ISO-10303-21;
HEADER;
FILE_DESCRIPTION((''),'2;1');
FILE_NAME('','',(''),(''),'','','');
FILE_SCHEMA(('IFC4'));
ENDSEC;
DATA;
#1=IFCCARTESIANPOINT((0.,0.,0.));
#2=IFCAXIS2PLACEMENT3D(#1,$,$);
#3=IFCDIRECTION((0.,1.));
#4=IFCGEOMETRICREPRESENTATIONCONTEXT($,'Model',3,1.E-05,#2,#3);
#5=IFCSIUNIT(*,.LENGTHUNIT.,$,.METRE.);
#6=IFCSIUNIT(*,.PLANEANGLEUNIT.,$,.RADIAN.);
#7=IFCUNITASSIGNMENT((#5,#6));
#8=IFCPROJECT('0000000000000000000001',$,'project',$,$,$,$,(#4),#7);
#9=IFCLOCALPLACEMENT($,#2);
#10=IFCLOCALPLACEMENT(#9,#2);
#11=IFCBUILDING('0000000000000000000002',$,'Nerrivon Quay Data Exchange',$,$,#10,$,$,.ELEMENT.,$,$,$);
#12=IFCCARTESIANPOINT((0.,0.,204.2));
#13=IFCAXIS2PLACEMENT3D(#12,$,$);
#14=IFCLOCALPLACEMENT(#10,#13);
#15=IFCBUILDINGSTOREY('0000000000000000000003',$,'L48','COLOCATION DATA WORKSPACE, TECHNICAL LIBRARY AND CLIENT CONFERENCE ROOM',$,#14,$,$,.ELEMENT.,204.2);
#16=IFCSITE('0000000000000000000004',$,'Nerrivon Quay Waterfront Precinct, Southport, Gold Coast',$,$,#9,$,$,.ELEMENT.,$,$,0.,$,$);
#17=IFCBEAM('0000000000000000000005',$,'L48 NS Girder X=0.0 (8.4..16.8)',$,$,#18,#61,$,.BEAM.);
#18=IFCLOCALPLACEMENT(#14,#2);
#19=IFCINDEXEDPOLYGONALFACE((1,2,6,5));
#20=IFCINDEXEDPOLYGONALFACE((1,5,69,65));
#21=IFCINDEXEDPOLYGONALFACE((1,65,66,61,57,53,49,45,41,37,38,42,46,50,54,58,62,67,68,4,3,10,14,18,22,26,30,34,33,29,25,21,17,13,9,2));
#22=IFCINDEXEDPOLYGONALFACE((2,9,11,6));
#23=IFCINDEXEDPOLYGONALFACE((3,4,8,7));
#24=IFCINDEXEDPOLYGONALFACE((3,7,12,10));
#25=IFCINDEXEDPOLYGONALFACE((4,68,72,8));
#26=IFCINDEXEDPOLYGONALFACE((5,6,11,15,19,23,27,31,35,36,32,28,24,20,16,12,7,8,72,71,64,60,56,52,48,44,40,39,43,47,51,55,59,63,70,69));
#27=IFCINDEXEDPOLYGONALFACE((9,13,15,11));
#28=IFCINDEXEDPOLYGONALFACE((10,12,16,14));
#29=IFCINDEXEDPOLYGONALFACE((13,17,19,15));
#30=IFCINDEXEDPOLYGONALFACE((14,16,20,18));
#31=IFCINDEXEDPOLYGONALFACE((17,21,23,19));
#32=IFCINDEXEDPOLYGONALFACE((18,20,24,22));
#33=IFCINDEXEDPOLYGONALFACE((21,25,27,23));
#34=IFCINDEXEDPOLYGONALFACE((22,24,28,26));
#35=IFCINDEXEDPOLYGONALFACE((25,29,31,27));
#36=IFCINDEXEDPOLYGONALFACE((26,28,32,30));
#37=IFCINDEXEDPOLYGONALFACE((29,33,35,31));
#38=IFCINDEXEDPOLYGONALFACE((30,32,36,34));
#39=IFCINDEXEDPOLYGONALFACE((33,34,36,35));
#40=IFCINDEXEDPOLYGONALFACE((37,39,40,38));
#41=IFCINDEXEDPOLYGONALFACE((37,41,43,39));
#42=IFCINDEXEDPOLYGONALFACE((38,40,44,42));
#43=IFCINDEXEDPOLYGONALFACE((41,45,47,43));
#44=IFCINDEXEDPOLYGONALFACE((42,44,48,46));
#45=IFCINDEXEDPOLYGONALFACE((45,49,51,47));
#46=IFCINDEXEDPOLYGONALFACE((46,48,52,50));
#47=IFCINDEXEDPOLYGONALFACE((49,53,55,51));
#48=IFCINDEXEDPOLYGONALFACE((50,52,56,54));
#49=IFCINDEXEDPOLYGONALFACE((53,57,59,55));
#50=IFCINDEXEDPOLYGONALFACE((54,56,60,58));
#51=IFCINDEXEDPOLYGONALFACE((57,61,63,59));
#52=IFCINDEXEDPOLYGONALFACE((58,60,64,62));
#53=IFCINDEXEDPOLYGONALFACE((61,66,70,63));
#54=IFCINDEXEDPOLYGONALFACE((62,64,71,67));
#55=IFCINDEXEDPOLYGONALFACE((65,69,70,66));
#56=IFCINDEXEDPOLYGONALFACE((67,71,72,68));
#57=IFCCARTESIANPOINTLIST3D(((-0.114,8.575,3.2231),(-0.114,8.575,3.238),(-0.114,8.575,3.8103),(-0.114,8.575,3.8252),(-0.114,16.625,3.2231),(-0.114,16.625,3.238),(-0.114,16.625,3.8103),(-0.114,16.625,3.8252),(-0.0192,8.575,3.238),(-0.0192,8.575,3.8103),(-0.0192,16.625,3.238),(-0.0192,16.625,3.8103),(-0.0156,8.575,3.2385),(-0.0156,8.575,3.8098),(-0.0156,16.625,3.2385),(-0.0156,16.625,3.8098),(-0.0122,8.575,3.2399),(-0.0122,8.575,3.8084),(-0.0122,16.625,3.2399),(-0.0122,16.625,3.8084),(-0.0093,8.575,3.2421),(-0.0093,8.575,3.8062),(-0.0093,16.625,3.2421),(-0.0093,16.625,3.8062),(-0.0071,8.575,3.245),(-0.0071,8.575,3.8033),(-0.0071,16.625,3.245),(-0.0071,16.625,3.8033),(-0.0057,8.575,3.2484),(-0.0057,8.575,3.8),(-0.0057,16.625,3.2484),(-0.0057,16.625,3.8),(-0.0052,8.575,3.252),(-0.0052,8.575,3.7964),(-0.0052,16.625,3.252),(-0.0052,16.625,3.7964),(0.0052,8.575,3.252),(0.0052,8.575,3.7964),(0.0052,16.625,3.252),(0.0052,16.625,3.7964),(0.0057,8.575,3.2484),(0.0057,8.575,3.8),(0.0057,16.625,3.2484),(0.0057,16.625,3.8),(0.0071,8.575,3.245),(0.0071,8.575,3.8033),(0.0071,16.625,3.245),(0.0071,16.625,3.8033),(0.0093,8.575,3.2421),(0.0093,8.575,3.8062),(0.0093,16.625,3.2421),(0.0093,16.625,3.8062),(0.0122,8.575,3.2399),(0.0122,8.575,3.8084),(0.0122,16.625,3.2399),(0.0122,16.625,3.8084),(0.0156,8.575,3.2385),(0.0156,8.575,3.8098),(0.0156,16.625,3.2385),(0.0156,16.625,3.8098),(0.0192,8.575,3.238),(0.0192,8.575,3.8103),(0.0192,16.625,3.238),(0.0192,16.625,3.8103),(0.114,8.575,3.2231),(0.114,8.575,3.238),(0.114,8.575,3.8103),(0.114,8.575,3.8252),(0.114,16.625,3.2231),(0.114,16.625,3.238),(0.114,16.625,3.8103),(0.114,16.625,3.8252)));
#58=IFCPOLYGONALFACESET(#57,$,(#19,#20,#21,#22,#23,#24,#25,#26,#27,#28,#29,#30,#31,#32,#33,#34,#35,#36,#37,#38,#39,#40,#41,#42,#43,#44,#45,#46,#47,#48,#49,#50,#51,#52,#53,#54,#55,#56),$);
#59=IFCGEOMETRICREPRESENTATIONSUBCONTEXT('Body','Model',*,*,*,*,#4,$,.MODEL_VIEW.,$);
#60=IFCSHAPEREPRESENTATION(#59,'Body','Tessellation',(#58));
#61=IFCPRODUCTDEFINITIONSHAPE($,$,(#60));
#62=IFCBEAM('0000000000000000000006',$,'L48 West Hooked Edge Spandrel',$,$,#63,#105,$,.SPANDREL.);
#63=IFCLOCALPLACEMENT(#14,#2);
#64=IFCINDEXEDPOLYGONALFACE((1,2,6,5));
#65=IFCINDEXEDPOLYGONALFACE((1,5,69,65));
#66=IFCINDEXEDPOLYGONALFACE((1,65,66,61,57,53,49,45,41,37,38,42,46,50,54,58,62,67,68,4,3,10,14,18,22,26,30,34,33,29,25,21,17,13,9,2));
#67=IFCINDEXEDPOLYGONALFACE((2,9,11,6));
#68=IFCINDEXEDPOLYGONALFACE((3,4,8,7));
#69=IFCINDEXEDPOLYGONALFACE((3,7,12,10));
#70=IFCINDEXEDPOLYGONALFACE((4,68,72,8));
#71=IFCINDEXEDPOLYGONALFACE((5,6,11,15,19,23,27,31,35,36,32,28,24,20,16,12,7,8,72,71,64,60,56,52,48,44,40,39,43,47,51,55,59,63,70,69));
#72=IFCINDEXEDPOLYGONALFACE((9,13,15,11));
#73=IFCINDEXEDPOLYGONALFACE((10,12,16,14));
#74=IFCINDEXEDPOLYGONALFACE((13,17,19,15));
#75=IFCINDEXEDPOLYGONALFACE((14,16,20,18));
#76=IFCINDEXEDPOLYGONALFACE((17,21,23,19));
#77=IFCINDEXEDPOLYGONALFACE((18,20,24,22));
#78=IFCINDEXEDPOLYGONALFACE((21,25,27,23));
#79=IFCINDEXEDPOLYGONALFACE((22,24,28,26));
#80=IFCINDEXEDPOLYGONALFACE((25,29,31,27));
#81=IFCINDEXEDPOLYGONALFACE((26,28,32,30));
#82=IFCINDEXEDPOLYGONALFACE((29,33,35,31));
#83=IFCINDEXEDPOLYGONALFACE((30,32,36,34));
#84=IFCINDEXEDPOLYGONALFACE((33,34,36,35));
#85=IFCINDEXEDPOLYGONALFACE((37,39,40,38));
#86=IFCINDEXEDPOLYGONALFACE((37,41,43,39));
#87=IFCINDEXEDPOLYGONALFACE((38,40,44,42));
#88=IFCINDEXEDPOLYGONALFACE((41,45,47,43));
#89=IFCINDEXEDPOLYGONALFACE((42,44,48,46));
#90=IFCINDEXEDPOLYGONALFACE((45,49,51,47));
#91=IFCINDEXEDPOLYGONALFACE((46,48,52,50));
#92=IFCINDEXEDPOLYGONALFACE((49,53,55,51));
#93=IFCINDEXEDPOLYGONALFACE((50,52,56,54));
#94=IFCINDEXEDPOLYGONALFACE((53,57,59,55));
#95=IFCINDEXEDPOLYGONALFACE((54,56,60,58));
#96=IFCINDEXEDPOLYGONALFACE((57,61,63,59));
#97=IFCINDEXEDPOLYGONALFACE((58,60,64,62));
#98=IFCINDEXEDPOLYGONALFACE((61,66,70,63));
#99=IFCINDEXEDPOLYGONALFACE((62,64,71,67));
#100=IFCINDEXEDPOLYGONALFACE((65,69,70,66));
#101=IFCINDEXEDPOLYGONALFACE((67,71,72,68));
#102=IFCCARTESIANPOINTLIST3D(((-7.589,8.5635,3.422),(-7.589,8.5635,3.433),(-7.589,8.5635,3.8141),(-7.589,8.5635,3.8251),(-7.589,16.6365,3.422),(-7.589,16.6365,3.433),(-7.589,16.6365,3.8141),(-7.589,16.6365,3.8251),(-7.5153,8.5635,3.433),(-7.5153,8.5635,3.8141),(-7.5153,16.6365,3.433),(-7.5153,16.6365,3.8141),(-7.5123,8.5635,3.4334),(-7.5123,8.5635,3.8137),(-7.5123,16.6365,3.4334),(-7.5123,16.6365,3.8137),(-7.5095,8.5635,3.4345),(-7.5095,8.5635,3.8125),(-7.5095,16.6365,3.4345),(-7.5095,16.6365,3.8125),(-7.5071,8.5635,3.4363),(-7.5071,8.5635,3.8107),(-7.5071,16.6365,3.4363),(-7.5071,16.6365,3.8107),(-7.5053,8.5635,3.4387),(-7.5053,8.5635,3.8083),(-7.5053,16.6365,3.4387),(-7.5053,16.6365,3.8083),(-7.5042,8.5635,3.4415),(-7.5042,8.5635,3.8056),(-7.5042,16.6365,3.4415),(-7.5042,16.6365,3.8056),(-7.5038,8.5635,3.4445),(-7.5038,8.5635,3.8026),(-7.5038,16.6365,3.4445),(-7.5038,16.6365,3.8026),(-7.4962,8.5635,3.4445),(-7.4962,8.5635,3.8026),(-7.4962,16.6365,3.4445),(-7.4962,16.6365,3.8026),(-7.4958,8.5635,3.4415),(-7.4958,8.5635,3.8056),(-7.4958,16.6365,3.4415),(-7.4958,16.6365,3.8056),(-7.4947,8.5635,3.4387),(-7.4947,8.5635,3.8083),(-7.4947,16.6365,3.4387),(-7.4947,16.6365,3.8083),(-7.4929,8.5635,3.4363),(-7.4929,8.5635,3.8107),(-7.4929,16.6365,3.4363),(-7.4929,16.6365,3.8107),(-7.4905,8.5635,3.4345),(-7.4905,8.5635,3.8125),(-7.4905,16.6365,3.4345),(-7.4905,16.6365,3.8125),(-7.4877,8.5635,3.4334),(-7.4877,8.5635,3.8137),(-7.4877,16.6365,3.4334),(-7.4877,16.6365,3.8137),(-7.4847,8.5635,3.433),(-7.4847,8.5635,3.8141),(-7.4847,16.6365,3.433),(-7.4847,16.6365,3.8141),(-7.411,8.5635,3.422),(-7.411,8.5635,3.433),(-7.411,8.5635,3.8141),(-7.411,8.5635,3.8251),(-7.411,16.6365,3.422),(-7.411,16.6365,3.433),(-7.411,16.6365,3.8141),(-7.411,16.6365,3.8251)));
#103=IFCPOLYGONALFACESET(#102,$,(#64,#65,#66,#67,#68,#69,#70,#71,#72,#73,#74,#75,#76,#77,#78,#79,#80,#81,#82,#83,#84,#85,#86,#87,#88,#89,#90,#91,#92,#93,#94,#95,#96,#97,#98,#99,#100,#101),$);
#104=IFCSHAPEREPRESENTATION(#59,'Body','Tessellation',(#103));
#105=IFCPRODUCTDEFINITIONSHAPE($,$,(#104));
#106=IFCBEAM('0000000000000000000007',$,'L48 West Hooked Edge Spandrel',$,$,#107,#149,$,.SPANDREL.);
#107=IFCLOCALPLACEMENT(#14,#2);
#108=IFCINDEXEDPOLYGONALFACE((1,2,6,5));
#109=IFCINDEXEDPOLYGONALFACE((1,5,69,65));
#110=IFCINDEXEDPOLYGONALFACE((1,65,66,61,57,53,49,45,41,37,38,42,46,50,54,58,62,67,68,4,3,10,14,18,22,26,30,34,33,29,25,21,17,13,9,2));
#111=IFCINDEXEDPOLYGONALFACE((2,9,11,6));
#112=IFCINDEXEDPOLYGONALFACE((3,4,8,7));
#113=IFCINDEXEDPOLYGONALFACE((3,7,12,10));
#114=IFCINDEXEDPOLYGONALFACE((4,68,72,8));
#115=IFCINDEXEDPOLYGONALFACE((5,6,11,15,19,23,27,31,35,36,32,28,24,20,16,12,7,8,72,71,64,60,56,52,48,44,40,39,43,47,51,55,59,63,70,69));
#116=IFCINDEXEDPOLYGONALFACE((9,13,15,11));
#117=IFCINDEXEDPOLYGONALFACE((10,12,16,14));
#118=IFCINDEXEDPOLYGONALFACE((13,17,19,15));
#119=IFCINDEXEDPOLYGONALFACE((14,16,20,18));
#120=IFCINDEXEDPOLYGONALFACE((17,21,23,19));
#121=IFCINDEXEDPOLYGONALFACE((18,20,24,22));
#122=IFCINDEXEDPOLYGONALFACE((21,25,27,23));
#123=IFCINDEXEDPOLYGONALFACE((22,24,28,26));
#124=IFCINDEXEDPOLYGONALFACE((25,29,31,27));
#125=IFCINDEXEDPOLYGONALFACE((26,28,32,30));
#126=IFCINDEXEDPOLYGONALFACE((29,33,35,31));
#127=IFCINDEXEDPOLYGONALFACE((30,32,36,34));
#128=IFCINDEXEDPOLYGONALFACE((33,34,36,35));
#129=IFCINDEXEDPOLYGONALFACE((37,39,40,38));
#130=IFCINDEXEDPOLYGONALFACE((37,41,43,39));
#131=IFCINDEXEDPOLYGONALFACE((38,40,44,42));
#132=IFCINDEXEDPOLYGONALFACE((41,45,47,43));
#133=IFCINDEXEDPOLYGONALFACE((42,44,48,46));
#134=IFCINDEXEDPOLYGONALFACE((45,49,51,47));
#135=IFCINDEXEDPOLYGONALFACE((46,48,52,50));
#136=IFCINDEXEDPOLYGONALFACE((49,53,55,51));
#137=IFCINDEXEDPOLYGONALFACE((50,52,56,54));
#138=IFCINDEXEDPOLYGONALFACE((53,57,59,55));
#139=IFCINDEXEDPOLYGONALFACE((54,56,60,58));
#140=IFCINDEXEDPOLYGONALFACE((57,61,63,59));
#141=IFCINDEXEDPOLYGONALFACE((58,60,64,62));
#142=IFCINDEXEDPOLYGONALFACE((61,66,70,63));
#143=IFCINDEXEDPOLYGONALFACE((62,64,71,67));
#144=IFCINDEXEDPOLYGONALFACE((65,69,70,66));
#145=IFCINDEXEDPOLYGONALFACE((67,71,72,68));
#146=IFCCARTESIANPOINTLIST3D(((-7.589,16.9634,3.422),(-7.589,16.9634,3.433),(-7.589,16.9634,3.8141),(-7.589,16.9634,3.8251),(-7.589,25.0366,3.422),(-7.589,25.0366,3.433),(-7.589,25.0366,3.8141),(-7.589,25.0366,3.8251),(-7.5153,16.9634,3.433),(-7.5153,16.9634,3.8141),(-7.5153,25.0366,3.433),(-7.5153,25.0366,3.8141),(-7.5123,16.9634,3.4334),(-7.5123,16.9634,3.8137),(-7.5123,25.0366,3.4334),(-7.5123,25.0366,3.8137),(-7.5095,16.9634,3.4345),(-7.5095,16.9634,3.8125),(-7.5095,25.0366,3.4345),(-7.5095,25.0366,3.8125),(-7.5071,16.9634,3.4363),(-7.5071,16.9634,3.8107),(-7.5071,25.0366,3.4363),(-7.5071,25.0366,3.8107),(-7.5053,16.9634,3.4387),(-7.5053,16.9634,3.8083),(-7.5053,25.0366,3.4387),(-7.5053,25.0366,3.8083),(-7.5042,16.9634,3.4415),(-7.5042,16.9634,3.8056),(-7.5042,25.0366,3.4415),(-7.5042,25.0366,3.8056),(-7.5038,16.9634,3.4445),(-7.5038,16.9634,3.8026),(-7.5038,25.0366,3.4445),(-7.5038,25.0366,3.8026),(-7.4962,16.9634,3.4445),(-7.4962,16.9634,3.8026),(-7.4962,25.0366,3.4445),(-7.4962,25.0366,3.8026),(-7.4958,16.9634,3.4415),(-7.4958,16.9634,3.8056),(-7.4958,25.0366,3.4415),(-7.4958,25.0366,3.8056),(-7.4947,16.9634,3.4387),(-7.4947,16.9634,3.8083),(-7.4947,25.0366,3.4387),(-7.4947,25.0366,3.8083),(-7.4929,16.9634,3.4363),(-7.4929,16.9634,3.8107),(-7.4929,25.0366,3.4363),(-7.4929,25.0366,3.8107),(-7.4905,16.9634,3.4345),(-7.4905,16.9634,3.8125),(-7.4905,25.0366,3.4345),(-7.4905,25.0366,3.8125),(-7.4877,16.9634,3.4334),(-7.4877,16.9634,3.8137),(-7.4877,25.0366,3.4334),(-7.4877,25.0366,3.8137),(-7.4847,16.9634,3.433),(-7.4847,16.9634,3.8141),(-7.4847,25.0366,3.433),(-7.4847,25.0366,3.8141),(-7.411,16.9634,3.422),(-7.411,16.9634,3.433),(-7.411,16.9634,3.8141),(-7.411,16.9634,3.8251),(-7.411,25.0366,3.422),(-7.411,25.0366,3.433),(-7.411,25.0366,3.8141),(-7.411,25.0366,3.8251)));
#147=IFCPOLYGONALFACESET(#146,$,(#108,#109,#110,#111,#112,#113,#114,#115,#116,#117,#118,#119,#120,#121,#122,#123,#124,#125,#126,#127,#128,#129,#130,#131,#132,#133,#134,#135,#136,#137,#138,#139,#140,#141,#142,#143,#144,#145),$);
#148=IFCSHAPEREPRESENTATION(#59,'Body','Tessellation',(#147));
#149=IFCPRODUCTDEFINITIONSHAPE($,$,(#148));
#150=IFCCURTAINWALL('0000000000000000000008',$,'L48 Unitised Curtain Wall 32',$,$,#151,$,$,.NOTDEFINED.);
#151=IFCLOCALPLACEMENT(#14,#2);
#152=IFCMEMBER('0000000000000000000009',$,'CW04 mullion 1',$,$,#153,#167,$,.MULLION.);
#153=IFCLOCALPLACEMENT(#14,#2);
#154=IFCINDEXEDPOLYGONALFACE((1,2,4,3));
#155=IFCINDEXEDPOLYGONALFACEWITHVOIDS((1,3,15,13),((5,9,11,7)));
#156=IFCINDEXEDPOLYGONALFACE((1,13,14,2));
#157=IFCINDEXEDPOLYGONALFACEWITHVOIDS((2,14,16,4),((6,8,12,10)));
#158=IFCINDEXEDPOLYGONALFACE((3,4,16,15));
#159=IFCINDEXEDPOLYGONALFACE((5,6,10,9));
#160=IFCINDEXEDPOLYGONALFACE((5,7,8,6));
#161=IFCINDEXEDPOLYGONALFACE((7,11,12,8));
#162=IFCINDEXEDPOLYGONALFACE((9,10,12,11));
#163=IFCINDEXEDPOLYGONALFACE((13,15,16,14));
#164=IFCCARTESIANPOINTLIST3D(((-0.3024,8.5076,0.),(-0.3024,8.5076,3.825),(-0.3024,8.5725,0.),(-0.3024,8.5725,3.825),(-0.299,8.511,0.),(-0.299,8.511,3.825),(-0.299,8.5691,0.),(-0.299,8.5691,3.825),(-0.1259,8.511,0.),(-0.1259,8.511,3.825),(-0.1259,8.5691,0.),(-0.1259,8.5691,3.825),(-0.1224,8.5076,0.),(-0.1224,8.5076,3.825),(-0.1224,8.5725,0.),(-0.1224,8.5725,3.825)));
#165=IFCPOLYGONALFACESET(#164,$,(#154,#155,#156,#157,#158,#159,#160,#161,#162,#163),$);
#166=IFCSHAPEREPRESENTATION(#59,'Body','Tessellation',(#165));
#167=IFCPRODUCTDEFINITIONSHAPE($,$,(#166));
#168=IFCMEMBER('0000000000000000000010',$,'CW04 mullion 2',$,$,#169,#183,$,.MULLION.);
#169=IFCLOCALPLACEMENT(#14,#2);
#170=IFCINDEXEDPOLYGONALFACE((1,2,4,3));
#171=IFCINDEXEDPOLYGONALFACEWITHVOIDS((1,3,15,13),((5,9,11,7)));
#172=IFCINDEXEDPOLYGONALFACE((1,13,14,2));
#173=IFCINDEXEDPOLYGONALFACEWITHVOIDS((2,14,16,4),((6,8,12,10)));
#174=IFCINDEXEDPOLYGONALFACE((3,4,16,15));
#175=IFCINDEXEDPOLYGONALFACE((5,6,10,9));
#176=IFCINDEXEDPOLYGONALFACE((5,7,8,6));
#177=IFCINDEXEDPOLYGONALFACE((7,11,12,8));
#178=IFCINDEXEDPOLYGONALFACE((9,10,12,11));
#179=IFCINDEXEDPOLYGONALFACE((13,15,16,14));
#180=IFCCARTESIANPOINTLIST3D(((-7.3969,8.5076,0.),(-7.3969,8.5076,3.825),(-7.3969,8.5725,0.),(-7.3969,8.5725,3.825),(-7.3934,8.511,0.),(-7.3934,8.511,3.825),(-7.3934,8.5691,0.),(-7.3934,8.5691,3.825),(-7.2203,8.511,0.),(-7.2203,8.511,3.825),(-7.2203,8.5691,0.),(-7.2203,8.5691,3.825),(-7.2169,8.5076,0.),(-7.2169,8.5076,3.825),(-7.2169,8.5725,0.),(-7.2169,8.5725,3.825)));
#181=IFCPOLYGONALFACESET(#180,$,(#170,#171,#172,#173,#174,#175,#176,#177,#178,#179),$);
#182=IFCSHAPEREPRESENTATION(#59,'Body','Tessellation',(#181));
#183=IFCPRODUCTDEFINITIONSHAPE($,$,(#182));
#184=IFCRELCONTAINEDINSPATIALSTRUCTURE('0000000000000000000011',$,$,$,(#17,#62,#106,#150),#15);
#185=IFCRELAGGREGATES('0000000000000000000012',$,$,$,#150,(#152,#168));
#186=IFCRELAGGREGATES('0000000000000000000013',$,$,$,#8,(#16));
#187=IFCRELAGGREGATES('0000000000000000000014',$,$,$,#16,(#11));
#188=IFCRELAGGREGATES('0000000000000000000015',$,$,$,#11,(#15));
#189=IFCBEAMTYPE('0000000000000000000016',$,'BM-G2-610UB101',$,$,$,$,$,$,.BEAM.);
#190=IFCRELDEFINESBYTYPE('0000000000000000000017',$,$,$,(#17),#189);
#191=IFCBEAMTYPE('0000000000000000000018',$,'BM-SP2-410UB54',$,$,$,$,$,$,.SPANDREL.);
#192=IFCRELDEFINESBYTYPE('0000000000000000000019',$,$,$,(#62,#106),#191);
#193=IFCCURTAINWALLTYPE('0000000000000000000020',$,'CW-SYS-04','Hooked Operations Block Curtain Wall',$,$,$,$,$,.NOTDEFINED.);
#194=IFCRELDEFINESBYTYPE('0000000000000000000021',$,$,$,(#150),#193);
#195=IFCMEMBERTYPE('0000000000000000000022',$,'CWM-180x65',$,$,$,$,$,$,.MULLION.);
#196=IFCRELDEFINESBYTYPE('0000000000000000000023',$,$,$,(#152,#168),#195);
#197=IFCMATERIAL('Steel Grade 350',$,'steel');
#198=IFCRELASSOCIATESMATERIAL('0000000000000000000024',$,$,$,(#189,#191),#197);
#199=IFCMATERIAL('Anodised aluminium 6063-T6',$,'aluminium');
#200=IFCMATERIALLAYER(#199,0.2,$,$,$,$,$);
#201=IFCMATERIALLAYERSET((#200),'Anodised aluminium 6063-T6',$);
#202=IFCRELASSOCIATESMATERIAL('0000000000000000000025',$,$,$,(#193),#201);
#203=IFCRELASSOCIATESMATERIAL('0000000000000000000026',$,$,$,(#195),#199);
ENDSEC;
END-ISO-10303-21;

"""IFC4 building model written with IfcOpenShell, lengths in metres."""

from ifc_helpers import new_model, si_unit, direction, frame, origin, origin_2d, place, context, subcontext, project, spatial, hollow_rectangle, i_section, extrude, material, layer, layer_set, material_profile, profile_set, type_object, element, aggregate, save


model = new_model("IFC4")

# Units and contexts
model_context = context("Model", 3, precision=1e-05, world=origin(), true_north=direction((0.0, 1.0)))
body_context = subcontext(model_context, "Body", "Model", "MODEL_VIEW")
ifc_project = project(units=[si_unit("LENGTHUNIT", "METRE"), si_unit("PLANEANGLEUNIT", "RADIAN")], contexts=[model_context])

# Site, building, storey
site_placement = place(None, origin())
site = spatial("IfcSite", under=ifc_project, at=site_placement, Name="Nerrivon Quay Waterfront Precinct, Southport, Gold Coast", CompositionType="ELEMENT", RefElevation=0.0)
building_placement = place(site_placement, origin())
building = spatial("IfcBuilding", under=site, at=building_placement, Name="Nerrivon Quay Data Exchange", CompositionType="ELEMENT")
storey_placement = place(building_placement, frame((0.0, 0.0, 204.2)))
storey = spatial("IfcBuildingStorey", under=building, at=storey_placement, Name="L48", Description="COLOCATION DATA WORKSPACE, TECHNICAL LIBRARY AND CLIENT CONFERENCE ROOM", CompositionType="ELEMENT", Elevation=204.2)

# Shared definitions
ifc_material_1 = material(Name="Steel Grade 350", Category="steel")

# Beams
ifc_material_profile_1 = material_profile(ifc_material_1, i_section(OverallWidth=0.228, OverallDepth=0.6021, WebThickness=0.0105, FlangeThickness=0.0149, FilletRadius=0.0139, at=origin_2d()), Name="610UB101")
ifc_profile_set_1 = profile_set([ifc_material_profile_1], Name="Steel Grade 350")
beam_type_1 = type_object("IfcBeamType", Name="BM-G2-610UB101", PredefinedType="BEAM", material=ifc_profile_set_1)
beam_1_placement = place(storey_placement, frame((0.0, 8.575, 3.5242), z_axis=(0.0, 1.0, 0.0), x_axis=(-1.0, 0.0, 0.0)))
element("IfcBeam", 1, at=beam_1_placement, inside=storey, type_object=beam_type_1, Name="L48 NS Girder X=0.0 (8.4..16.8)", PredefinedType="BEAM", context=body_context, shape_type="SweptSolid", body=[
    extrude(i_section(OverallWidth=0.228, OverallDepth=0.6021, WebThickness=0.0105, FlangeThickness=0.0149, FilletRadius=0.0139, at=origin_2d()), origin(), (0.0, 0.0, 1.0), 8.05),
])
ifc_material_profile_2 = material_profile(ifc_material_1, i_section(OverallWidth=0.178, OverallDepth=0.4031, WebThickness=0.0076, FlangeThickness=0.011, FilletRadius=0.0115, at=origin_2d()), Name="410UB53.7")
ifc_profile_set_2 = profile_set([ifc_material_profile_2], Name="Steel Grade 350")
beam_type_2 = type_object("IfcBeamType", Name="BM-SP2-410UB54", PredefinedType="SPANDREL", material=ifc_profile_set_2)
beam_2_placement = place(storey_placement, frame((-7.5, 8.5635, 3.6235), z_axis=(0.0, 1.0, 0.0), x_axis=(-1.0, 0.0, 0.0)))
element("IfcBeam", 2, at=beam_2_placement, inside=storey, type_object=beam_type_2, Name="L48 West Hooked Edge Spandrel", PredefinedType="SPANDREL", context=body_context, shape_type="SweptSolid", body=[
    extrude(i_section(OverallWidth=0.178, OverallDepth=0.4031, WebThickness=0.0076, FlangeThickness=0.011, FilletRadius=0.0115, at=origin_2d()), origin(), (0.0, 0.0, 1.0), 8.073),
])
beam_3_placement = place(storey_placement, frame((-7.5, 16.9634, 3.6235), z_axis=(0.0, 1.0, 0.0), x_axis=(-1.0, 0.0, 0.0)))
element("IfcBeam", 3, at=beam_3_placement, inside=storey, type_object=beam_type_2, Name="L48 West Hooked Edge Spandrel", PredefinedType="SPANDREL", context=body_context, shape_type="SweptSolid", body=[
    extrude(i_section(OverallWidth=0.178, OverallDepth=0.4031, WebThickness=0.0076, FlangeThickness=0.011, FilletRadius=0.0115, at=origin_2d()), origin(), (0.0, 0.0, 1.0), 8.0732),
])

# Curtain wall, members
ifc_material_2 = material(Name="Anodised aluminium 6063-T6", Category="aluminium")
ifc_layer_1 = layer(ifc_material_2, 0.2)
ifc_layer_set_1 = layer_set([ifc_layer_1], Name="Anodised aluminium 6063-T6")
curtain_wall_type = type_object("IfcCurtainWallType", Name="CW-SYS-04", Description="Hooked Operations Block Curtain Wall", PredefinedType="NOTDEFINED", material=ifc_layer_set_1)
curtain_wall_placement = place(storey_placement, origin())
curtain_wall = element("IfcCurtainWall", 4, at=curtain_wall_placement, inside=storey, type_object=curtain_wall_type, Name="L48 Unitised Curtain Wall 32", PredefinedType="NOTDEFINED")
ifc_material_profile_3 = material_profile(ifc_material_2, hollow_rectangle(XDim=0.0649, YDim=0.1799, WallThickness=0.0034, at=origin_2d()), Name="ALU-MULL-180x65")
ifc_profile_set_3 = profile_set([ifc_material_profile_3], Name="Anodised aluminium 6063-T6")
member_type_1 = type_object("IfcMemberType", Name="CWM-180x65", PredefinedType="MULLION", material=ifc_profile_set_3)
member_1_placement = place(storey_placement, frame((-0.2124, 8.54, 0.0), z_axis=(0.0, 0.0, 1.0), x_axis=(0.0, -1.0, 0.0)))
member_1 = element("IfcMember", 5, at=member_1_placement, type_object=member_type_1, Name="CW04 mullion 1", PredefinedType="MULLION", context=body_context, shape_type="SweptSolid", body=[
    extrude(hollow_rectangle(XDim=0.0649, YDim=0.1799, WallThickness=0.0034, at=origin_2d()), origin(), (0.0, 0.0, 1.0), 3.825),
])
member_2_placement = place(storey_placement, frame((-7.3069, 8.54, 0.0), z_axis=(0.0, 0.0, 1.0), x_axis=(0.0, -1.0, 0.0)))
member_2 = element("IfcMember", 6, at=member_2_placement, type_object=member_type_1, Name="CW04 mullion 2", PredefinedType="MULLION", context=body_context, shape_type="SweptSolid", body=[
    extrude(hollow_rectangle(XDim=0.0649, YDim=0.1799, WallThickness=0.0034, at=origin_2d()), origin(), (0.0, 0.0, 1.0), 3.825),
])
aggregate(curtain_wall, [member_1, member_2])

save(model, "model.ifc")
